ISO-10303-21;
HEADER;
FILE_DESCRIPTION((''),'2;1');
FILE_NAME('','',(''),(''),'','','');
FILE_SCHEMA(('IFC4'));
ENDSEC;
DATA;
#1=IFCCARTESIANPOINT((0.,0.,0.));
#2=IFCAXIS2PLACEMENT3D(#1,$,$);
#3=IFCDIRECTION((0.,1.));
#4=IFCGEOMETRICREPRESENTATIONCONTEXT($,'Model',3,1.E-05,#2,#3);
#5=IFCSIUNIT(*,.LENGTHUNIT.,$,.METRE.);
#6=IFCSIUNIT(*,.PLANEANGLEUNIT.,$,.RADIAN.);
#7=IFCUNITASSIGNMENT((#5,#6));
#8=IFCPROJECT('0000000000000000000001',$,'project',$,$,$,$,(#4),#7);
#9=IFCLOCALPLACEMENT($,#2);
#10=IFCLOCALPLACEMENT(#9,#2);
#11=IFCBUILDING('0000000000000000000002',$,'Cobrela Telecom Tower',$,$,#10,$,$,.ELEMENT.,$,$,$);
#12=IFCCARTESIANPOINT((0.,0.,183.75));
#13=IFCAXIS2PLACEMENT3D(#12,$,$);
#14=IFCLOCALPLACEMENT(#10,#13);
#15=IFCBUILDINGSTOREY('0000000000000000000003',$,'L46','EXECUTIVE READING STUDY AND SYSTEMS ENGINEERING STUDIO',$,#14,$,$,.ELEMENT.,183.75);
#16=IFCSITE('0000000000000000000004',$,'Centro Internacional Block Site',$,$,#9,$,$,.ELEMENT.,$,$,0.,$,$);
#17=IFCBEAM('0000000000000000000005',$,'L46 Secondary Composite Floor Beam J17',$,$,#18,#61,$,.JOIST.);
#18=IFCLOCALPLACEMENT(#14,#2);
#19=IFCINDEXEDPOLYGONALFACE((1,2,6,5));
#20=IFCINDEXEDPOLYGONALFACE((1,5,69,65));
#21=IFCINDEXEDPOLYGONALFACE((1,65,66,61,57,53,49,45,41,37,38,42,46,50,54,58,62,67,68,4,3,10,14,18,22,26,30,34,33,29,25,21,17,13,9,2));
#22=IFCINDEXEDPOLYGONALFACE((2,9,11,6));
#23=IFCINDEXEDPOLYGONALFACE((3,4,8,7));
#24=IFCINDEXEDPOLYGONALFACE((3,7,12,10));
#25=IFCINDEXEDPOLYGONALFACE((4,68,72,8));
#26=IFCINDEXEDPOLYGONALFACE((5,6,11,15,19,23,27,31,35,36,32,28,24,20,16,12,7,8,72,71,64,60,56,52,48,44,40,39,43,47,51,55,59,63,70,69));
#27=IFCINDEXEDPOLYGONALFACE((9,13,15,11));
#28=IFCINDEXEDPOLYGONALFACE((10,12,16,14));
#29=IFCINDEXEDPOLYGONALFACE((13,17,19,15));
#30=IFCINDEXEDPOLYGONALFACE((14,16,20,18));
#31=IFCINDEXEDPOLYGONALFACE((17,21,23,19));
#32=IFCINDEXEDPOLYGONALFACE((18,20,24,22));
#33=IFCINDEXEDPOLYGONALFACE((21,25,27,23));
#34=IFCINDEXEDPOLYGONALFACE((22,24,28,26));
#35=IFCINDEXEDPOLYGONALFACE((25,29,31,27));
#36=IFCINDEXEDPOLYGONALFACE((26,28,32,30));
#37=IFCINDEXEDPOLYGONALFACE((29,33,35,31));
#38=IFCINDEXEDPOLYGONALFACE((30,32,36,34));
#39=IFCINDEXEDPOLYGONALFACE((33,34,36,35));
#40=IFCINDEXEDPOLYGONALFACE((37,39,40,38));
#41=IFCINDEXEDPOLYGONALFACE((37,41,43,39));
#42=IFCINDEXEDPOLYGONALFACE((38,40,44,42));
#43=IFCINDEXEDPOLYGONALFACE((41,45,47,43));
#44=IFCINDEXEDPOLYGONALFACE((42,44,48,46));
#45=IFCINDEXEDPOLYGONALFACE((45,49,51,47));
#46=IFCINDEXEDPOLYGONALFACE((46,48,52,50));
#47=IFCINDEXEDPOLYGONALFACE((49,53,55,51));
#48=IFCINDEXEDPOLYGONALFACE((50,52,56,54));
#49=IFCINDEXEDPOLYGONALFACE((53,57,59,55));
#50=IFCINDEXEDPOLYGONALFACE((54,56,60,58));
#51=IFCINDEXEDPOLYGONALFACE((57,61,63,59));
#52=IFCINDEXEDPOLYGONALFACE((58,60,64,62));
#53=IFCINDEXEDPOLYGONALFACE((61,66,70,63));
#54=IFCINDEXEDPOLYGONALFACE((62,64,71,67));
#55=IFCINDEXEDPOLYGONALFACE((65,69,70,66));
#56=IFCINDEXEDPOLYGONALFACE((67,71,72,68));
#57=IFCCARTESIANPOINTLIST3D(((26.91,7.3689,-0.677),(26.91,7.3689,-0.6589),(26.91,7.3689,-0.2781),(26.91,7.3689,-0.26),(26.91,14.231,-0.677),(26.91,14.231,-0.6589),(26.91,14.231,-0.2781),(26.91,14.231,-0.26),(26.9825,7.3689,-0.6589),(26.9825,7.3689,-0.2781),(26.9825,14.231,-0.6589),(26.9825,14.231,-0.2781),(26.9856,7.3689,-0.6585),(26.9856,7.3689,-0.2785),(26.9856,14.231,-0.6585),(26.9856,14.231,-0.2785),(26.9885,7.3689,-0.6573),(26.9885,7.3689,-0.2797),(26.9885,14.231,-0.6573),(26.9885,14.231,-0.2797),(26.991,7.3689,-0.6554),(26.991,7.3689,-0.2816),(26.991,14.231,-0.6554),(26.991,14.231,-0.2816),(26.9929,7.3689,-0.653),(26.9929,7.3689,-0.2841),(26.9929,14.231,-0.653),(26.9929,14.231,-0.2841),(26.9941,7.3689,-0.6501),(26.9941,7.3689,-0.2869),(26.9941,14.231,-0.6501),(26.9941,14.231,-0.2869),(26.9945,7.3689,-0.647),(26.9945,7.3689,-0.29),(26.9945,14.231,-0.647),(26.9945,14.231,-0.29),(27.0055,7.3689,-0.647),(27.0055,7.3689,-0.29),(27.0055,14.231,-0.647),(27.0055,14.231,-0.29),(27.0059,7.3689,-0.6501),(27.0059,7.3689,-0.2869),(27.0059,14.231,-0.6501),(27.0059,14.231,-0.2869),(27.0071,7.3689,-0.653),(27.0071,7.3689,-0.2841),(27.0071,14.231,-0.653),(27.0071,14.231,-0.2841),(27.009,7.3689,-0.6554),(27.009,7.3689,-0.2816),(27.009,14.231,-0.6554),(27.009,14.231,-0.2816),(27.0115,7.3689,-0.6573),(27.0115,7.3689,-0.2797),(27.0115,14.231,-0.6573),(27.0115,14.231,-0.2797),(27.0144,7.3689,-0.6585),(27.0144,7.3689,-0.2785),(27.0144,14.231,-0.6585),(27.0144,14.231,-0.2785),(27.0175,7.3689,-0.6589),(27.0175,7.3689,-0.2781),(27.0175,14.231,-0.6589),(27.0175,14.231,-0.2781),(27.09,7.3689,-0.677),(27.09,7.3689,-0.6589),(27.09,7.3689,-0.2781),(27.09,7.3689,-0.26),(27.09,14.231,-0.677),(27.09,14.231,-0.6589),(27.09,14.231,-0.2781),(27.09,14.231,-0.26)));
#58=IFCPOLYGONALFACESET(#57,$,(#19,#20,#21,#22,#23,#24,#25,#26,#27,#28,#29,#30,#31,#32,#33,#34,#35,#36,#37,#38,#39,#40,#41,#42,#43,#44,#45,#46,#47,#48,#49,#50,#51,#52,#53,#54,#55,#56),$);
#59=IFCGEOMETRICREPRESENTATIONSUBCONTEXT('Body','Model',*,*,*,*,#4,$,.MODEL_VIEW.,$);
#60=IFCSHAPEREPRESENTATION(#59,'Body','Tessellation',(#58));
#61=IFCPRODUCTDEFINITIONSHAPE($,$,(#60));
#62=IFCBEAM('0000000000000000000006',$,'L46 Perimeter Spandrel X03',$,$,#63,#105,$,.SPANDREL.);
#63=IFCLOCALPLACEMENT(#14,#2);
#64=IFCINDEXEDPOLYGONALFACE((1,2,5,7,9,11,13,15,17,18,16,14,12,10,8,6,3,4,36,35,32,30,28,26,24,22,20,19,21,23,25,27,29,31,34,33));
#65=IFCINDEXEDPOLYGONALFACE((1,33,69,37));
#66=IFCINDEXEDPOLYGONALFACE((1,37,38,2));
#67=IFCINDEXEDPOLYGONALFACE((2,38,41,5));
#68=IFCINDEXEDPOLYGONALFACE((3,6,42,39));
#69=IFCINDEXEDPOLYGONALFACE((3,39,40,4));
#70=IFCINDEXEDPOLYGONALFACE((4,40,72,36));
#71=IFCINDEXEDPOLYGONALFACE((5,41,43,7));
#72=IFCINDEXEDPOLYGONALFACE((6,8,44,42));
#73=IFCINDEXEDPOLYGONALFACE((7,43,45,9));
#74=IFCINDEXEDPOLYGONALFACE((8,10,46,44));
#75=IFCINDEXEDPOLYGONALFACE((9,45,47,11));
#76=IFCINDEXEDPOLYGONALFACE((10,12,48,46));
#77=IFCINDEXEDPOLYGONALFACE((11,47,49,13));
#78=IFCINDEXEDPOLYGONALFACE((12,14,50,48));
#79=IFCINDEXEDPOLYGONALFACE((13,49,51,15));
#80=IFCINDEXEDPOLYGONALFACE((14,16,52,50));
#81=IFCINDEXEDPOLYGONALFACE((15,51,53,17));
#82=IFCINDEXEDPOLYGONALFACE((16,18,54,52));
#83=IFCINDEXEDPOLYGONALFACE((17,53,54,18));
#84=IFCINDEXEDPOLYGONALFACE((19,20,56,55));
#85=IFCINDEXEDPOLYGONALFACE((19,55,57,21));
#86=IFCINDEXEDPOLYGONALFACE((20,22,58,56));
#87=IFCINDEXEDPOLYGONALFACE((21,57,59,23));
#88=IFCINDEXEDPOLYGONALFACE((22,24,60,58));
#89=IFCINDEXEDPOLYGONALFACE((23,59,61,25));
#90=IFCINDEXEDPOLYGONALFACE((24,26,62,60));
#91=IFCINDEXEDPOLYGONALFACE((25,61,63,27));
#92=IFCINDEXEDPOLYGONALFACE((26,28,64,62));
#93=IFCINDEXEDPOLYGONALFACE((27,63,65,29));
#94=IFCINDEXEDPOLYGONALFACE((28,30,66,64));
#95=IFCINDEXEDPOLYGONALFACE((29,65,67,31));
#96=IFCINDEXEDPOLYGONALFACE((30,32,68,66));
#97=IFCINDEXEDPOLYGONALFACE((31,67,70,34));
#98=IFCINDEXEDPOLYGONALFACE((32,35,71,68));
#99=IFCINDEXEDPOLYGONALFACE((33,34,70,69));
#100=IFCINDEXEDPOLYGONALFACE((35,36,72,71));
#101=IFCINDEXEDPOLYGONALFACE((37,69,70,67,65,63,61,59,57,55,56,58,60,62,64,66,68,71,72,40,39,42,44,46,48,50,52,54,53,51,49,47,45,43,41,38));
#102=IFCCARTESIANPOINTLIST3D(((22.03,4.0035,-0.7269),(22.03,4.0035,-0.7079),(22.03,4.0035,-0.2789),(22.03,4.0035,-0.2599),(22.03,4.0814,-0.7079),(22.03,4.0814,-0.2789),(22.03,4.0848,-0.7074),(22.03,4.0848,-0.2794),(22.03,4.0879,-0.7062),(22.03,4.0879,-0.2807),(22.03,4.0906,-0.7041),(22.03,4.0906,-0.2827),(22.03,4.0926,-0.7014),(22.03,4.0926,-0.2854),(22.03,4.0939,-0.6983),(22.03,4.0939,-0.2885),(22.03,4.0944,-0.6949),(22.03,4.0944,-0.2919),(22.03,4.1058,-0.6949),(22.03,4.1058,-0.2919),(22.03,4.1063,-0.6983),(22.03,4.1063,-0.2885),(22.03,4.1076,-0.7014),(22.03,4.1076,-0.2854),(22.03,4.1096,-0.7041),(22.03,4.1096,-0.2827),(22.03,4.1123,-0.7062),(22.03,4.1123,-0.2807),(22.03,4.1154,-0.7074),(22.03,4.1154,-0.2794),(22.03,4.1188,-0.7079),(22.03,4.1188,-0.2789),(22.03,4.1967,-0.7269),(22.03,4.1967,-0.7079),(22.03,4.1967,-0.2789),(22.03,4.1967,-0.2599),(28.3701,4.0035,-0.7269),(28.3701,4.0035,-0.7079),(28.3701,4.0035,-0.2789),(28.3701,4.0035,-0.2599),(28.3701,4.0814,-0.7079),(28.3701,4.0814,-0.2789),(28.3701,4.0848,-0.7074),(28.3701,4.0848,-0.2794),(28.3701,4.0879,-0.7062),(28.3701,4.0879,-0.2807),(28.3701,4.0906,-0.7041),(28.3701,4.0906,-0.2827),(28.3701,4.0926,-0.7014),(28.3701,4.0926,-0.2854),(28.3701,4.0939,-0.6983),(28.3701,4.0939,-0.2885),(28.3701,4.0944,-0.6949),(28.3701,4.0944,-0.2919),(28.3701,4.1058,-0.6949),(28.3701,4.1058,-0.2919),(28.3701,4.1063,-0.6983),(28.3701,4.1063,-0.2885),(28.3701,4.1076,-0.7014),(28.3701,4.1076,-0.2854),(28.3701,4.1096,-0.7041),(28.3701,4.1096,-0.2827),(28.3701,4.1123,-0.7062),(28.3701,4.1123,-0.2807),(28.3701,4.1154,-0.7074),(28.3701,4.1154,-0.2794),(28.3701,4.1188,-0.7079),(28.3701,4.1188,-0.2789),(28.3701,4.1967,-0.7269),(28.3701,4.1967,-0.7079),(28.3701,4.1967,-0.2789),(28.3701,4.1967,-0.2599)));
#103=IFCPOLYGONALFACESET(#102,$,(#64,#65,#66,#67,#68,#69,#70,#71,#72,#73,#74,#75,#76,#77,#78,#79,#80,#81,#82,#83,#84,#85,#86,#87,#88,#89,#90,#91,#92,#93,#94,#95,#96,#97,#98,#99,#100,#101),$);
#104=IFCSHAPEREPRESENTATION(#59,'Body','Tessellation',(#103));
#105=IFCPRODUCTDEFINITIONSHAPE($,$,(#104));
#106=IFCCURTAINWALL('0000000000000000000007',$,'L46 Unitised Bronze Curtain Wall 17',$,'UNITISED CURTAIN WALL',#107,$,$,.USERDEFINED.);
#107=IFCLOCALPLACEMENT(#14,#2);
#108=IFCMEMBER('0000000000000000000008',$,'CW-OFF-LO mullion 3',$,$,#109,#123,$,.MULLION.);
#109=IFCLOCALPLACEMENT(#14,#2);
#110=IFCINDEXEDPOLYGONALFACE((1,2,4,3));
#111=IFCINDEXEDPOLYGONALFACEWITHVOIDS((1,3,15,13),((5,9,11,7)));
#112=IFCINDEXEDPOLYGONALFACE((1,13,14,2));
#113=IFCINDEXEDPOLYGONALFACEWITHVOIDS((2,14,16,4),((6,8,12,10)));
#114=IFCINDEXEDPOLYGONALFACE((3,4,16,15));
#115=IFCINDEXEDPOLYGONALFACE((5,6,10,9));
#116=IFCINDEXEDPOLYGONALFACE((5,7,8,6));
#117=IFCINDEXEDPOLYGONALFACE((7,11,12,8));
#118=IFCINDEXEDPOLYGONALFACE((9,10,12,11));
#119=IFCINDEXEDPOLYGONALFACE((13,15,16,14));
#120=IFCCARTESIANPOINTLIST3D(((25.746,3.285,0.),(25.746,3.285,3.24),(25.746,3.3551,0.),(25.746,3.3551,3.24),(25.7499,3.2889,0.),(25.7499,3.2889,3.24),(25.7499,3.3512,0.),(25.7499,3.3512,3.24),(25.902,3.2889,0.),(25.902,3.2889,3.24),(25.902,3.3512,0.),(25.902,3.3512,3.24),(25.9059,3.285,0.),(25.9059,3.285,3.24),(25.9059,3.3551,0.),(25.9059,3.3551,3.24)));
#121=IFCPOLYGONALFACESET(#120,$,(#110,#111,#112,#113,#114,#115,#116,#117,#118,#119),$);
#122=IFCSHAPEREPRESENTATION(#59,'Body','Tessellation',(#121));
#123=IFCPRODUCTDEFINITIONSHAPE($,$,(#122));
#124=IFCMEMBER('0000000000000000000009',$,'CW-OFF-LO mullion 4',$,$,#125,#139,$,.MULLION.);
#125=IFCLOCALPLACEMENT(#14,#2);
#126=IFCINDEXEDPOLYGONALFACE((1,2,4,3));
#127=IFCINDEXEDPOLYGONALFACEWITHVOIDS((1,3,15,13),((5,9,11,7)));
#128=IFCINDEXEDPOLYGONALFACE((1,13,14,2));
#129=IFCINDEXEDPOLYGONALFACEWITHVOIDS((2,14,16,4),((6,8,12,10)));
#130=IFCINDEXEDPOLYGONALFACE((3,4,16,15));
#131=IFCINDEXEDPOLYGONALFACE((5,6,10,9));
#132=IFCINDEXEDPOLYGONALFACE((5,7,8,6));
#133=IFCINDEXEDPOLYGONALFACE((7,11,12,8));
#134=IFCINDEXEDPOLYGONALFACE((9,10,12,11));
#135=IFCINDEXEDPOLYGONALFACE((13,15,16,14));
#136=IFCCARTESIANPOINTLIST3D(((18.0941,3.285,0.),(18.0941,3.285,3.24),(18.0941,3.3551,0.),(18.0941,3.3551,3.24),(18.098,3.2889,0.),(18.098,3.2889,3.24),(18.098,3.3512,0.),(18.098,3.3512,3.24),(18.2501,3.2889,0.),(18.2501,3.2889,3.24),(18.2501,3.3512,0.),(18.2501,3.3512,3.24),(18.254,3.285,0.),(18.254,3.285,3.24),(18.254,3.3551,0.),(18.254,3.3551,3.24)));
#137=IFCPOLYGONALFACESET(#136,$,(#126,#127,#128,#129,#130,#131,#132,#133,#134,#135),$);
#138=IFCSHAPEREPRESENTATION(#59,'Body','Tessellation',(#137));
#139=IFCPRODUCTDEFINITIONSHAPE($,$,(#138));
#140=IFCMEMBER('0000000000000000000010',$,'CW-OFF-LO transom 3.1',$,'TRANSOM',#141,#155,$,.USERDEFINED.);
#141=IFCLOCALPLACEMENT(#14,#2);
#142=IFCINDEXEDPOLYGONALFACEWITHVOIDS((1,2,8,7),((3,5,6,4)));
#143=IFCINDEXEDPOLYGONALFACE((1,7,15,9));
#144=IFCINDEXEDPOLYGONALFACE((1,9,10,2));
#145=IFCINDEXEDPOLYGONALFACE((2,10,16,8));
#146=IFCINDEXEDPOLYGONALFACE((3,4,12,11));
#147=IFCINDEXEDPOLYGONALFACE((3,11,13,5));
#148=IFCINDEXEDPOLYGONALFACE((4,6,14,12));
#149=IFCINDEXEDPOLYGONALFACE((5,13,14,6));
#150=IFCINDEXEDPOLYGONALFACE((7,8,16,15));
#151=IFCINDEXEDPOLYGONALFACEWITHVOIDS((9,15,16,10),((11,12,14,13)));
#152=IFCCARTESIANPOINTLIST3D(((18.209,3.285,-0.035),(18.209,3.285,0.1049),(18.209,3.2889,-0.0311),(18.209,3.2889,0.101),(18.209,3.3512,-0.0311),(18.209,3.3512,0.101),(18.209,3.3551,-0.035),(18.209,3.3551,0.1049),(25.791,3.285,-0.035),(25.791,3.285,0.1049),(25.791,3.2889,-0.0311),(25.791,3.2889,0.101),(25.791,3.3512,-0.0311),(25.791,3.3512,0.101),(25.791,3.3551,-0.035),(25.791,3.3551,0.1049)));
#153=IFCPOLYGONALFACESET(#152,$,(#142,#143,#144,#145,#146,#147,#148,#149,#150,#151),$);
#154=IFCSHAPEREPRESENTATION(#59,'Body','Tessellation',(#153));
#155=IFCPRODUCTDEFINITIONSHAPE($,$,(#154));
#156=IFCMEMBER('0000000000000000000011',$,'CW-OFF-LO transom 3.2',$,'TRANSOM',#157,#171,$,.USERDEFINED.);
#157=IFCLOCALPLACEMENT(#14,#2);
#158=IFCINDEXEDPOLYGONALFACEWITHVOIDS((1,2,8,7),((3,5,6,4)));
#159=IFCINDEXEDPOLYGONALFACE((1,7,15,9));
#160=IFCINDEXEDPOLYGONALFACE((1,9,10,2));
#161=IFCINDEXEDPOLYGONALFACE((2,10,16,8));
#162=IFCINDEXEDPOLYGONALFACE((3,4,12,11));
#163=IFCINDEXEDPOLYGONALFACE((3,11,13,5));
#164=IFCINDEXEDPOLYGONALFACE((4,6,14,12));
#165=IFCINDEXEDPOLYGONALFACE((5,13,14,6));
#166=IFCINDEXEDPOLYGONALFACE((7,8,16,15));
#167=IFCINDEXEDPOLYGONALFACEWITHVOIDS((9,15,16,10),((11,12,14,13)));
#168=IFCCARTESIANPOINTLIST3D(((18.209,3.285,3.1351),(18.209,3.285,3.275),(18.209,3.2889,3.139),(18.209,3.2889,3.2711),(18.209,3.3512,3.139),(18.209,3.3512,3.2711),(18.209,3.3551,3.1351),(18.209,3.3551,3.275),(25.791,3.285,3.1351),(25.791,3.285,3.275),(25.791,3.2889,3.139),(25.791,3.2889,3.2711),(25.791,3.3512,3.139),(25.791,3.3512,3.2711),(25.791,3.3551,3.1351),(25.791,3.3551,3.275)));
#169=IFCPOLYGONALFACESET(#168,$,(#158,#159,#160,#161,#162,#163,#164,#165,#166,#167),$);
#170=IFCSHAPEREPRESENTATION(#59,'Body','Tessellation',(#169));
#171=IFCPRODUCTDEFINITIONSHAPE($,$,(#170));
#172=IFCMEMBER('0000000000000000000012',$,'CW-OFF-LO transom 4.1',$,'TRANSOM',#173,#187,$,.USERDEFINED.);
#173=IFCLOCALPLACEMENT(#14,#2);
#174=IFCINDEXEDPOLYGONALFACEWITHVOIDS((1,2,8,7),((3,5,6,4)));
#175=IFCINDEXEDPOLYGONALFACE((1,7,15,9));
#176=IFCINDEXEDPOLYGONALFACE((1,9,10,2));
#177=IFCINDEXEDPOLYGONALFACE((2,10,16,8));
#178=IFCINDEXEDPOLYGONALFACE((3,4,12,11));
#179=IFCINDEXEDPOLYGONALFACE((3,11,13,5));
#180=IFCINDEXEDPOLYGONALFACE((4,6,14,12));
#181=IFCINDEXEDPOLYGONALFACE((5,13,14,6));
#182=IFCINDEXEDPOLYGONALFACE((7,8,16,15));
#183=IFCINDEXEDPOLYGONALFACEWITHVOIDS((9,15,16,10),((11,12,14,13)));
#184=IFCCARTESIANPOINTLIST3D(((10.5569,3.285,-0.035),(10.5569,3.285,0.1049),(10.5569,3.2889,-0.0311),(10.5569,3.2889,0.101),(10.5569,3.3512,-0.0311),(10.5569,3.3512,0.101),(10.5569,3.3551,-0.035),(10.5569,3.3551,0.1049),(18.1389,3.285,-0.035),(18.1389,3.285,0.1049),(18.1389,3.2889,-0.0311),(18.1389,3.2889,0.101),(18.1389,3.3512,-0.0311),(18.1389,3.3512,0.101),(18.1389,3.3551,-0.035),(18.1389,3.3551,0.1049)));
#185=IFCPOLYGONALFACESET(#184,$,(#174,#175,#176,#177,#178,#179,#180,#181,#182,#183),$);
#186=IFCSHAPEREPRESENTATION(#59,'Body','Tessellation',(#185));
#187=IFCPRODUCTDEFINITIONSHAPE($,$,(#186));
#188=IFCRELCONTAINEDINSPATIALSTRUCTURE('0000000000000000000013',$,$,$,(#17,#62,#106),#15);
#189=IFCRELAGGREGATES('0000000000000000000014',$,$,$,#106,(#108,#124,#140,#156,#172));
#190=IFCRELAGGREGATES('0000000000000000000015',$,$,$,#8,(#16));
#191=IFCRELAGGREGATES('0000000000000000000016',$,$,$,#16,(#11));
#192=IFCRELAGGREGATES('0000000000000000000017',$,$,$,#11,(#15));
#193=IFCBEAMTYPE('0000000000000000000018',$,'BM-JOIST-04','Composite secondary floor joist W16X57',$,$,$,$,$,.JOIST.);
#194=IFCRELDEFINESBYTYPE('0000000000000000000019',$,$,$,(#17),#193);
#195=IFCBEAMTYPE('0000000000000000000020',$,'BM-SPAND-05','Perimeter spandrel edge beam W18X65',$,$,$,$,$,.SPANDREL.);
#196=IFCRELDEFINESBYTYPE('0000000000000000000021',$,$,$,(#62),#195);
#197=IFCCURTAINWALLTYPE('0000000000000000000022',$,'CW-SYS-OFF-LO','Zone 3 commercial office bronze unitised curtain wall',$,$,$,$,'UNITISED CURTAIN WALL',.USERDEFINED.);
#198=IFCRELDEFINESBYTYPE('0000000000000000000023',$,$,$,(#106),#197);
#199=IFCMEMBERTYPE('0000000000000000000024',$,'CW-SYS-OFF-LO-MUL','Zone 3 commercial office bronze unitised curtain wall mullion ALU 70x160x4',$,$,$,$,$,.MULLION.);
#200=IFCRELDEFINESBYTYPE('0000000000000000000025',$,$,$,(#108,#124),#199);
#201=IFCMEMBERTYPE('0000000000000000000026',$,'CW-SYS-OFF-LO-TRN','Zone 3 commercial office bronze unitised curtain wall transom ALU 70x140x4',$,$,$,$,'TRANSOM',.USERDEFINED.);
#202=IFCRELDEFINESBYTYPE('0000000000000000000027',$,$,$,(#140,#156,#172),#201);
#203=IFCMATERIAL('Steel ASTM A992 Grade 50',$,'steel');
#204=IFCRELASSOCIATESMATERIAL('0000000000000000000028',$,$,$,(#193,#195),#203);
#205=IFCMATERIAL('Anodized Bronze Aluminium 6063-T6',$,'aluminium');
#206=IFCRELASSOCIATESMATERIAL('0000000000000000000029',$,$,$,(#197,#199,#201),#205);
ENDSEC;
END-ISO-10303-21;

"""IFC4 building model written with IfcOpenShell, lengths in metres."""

from ifc_helpers import new_model, si_unit, direction, frame, origin, origin_2d, place, context, subcontext, project, spatial, hollow_rectangle, i_section, extrude, material, material_profile, profile_set, type_object, element, aggregate, save


model = new_model("IFC4")

# Units and contexts
model_context = context("Model", 3, precision=1e-05, world=origin(), true_north=direction((0.0, 1.0)))
body_context = subcontext(model_context, "Body", "Model", "MODEL_VIEW")
ifc_project = project(units=[si_unit("LENGTHUNIT", "METRE"), si_unit("PLANEANGLEUNIT", "RADIAN")], contexts=[model_context])

# Site, building, storey
site_placement = place(None, origin())
site = spatial("IfcSite", under=ifc_project, at=site_placement, Name="Centro Internacional Block Site", CompositionType="ELEMENT", RefElevation=0.0)
building_placement = place(site_placement, origin())
building = spatial("IfcBuilding", under=site, at=building_placement, Name="Cobrela Telecom Tower", CompositionType="ELEMENT")
storey_placement = place(building_placement, frame((0.0, 0.0, 183.75)))
storey = spatial("IfcBuildingStorey", under=building, at=storey_placement, Name="L46", Description="EXECUTIVE READING STUDY AND SYSTEMS ENGINEERING STUDIO", CompositionType="ELEMENT", Elevation=183.75)

# Shared definitions
ifc_material_1 = material(Name="Steel ASTM A992 Grade 50", Category="steel")

# Beams
ifc_material_profile_1 = material_profile(ifc_material_1, i_section(OverallWidth=0.1799, OverallDepth=0.417, WebThickness=0.011, FlangeThickness=0.0181, FilletRadius=0.012, at=origin_2d()), Name="W16X57")
ifc_profile_set_1 = profile_set([ifc_material_profile_1], Name="Steel ASTM A992 Grade 50")
beam_type_1 = type_object("IfcBeamType", Name="BM-JOIST-04", Description="Composite secondary floor joist W16X57", PredefinedType="JOIST", material=ifc_profile_set_1)
for number, where, z_axis, x_axis, name in (
    (1, (27.0, 7.3689, -0.4685), (0.0, 1.0, 0.0), (-1.0, 0.0, 0.0), "L46 Secondary Composite Floor Beam J17"),
):
    element("IfcBeam", number, at=place(storey_placement, frame(where, z_axis=z_axis, x_axis=x_axis)), inside=storey, type_object=beam_type_1, Name=name, PredefinedType="JOIST", context=body_context, shape_type="SweptSolid", body=[
        extrude(i_section(OverallWidth=0.1799, OverallDepth=0.417, WebThickness=0.011, FlangeThickness=0.0181, FilletRadius=0.012, at=origin_2d()), origin(), (0.0, 0.0, 1.0), 6.8621),
    ])
ifc_material_profile_2 = material_profile(ifc_material_1, i_section(OverallWidth=0.1931, OverallDepth=0.467, WebThickness=0.0115, FlangeThickness=0.019, FilletRadius=0.0129, at=origin_2d()), Name="W18X65")
ifc_profile_set_2 = profile_set([ifc_material_profile_2], Name="Steel ASTM A992 Grade 50")
beam_type_2 = type_object("IfcBeamType", Name="BM-SPAND-05", Description="Perimeter spandrel edge beam W18X65", PredefinedType="SPANDREL", material=ifc_profile_set_2)
beam_1_placement = place(storey_placement, frame((22.03, 4.1001, -0.4934), z_axis=(1.0, 0.0, 0.0), x_axis=(0.0, 1.0, 0.0)))
element("IfcBeam", 2, at=beam_1_placement, inside=storey, type_object=beam_type_2, Name="L46 Perimeter Spandrel X03", PredefinedType="SPANDREL", context=body_context, shape_type="SweptSolid", body=[
    extrude(i_section(OverallWidth=0.1931, OverallDepth=0.467, WebThickness=0.0115, FlangeThickness=0.019, FilletRadius=0.0129, at=origin_2d()), origin(), (0.0, 0.0, 1.0), 6.3401),
])

# Curtain wall, members
ifc_material_2 = material(Name="Anodized Bronze Aluminium 6063-T6", Category="aluminium")
curtain_wall_type = type_object("IfcCurtainWallType", Name="CW-SYS-OFF-LO", Description="Zone 3 commercial office bronze unitised curtain wall", ElementType="UNITISED CURTAIN WALL", PredefinedType="USERDEFINED", material=ifc_material_2)
curtain_wall_placement = place(storey_placement, origin())
curtain_wall = element("IfcCurtainWall", 3, at=curtain_wall_placement, inside=storey, type_object=curtain_wall_type, Name="L46 Unitised Bronze Curtain Wall 17", ObjectType="UNITISED CURTAIN WALL", PredefinedType="USERDEFINED")
ifc_material_profile_3 = material_profile(ifc_material_2, hollow_rectangle(XDim=0.0701, YDim=0.1599, WallThickness=0.0039, at=origin_2d()), Name="ALU 70x160x4")
ifc_profile_set_3 = profile_set([ifc_material_profile_3], Name="Anodized Bronze Aluminium 6063-T6")
member_type_1 = type_object("IfcMemberType", Name="CW-SYS-OFF-LO-MUL", Description="Zone 3 commercial office bronze unitised curtain wall mullion ALU 70x160x4", PredefinedType="MULLION", material=ifc_profile_set_3)
member_1_placement = place(storey_placement, frame((25.8259, 3.3201, 0.0), z_axis=(0.0, 0.0, 1.0), x_axis=(0.0, -1.0, 0.0)))
member_1 = element("IfcMember", 4, at=member_1_placement, type_object=member_type_1, Name="CW-OFF-LO mullion 3", PredefinedType="MULLION", context=body_context, shape_type="SweptSolid", body=[
    extrude(hollow_rectangle(XDim=0.0701, YDim=0.1599, WallThickness=0.0039, at=origin_2d()), origin(), (0.0, 0.0, 1.0), 3.24),
])
member_2_placement = place(storey_placement, frame((18.1741, 3.3201, 0.0), z_axis=(0.0, 0.0, 1.0), x_axis=(0.0, -1.0, 0.0)))
member_2 = element("IfcMember", 5, at=member_2_placement, type_object=member_type_1, Name="CW-OFF-LO mullion 4", PredefinedType="MULLION", context=body_context, shape_type="SweptSolid", body=[
    extrude(hollow_rectangle(XDim=0.0701, YDim=0.1599, WallThickness=0.0039, at=origin_2d()), origin(), (0.0, 0.0, 1.0), 3.24),
])
ifc_material_profile_4 = material_profile(ifc_material_2, hollow_rectangle(XDim=0.0701, YDim=0.1399, WallThickness=0.0039, at=origin_2d()), Name="ALU 70x140x4")
ifc_profile_set_4 = profile_set([ifc_material_profile_4], Name="Anodized Bronze Aluminium 6063-T6")
member_type_2 = type_object("IfcMemberType", Name="CW-SYS-OFF-LO-TRN", Description="Zone 3 commercial office bronze unitised curtain wall transom ALU 70x140x4", ElementType="TRANSOM", PredefinedType="USERDEFINED", material=ifc_profile_set_4)
member_3_placement = place(storey_placement, frame((25.791, 3.3201, 0.0349), z_axis=(-1.0, 0.0, 0.0), x_axis=(0.0, -1.0, 0.0)))
member_3 = element("IfcMember", 6, at=member_3_placement, type_object=member_type_2, Name="CW-OFF-LO transom 3.1", ObjectType="TRANSOM", PredefinedType="USERDEFINED", context=body_context, shape_type="SweptSolid", body=[
    extrude(hollow_rectangle(XDim=0.0701, YDim=0.1399, WallThickness=0.0039, at=origin_2d()), origin(), (0.0, 0.0, 1.0), 7.582),
])
member_4_placement = place(storey_placement, frame((25.791, 3.3201, 3.2051), z_axis=(-1.0, 0.0, 0.0), x_axis=(0.0, -1.0, 0.0)))
member_4 = element("IfcMember", 7, at=member_4_placement, type_object=member_type_2, Name="CW-OFF-LO transom 3.2", ObjectType="TRANSOM", PredefinedType="USERDEFINED", context=body_context, shape_type="SweptSolid", body=[
    extrude(hollow_rectangle(XDim=0.0701, YDim=0.1399, WallThickness=0.0039, at=origin_2d()), origin(), (0.0, 0.0, 1.0), 7.582),
])
member_5_placement = place(storey_placement, frame((18.1389, 3.3201, 0.0349), z_axis=(-1.0, 0.0, 0.0), x_axis=(0.0, -1.0, 0.0)))
member_5 = element("IfcMember", 8, at=member_5_placement, type_object=member_type_2, Name="CW-OFF-LO transom 4.1", ObjectType="TRANSOM", PredefinedType="USERDEFINED", context=body_context, shape_type="SweptSolid", body=[
    extrude(hollow_rectangle(XDim=0.0701, YDim=0.1399, WallThickness=0.0039, at=origin_2d()), origin(), (0.0, 0.0, 1.0), 7.582),
])
aggregate(curtain_wall, [member_1, member_2, member_3, member_4, member_5])

save(model, "model.ifc")
